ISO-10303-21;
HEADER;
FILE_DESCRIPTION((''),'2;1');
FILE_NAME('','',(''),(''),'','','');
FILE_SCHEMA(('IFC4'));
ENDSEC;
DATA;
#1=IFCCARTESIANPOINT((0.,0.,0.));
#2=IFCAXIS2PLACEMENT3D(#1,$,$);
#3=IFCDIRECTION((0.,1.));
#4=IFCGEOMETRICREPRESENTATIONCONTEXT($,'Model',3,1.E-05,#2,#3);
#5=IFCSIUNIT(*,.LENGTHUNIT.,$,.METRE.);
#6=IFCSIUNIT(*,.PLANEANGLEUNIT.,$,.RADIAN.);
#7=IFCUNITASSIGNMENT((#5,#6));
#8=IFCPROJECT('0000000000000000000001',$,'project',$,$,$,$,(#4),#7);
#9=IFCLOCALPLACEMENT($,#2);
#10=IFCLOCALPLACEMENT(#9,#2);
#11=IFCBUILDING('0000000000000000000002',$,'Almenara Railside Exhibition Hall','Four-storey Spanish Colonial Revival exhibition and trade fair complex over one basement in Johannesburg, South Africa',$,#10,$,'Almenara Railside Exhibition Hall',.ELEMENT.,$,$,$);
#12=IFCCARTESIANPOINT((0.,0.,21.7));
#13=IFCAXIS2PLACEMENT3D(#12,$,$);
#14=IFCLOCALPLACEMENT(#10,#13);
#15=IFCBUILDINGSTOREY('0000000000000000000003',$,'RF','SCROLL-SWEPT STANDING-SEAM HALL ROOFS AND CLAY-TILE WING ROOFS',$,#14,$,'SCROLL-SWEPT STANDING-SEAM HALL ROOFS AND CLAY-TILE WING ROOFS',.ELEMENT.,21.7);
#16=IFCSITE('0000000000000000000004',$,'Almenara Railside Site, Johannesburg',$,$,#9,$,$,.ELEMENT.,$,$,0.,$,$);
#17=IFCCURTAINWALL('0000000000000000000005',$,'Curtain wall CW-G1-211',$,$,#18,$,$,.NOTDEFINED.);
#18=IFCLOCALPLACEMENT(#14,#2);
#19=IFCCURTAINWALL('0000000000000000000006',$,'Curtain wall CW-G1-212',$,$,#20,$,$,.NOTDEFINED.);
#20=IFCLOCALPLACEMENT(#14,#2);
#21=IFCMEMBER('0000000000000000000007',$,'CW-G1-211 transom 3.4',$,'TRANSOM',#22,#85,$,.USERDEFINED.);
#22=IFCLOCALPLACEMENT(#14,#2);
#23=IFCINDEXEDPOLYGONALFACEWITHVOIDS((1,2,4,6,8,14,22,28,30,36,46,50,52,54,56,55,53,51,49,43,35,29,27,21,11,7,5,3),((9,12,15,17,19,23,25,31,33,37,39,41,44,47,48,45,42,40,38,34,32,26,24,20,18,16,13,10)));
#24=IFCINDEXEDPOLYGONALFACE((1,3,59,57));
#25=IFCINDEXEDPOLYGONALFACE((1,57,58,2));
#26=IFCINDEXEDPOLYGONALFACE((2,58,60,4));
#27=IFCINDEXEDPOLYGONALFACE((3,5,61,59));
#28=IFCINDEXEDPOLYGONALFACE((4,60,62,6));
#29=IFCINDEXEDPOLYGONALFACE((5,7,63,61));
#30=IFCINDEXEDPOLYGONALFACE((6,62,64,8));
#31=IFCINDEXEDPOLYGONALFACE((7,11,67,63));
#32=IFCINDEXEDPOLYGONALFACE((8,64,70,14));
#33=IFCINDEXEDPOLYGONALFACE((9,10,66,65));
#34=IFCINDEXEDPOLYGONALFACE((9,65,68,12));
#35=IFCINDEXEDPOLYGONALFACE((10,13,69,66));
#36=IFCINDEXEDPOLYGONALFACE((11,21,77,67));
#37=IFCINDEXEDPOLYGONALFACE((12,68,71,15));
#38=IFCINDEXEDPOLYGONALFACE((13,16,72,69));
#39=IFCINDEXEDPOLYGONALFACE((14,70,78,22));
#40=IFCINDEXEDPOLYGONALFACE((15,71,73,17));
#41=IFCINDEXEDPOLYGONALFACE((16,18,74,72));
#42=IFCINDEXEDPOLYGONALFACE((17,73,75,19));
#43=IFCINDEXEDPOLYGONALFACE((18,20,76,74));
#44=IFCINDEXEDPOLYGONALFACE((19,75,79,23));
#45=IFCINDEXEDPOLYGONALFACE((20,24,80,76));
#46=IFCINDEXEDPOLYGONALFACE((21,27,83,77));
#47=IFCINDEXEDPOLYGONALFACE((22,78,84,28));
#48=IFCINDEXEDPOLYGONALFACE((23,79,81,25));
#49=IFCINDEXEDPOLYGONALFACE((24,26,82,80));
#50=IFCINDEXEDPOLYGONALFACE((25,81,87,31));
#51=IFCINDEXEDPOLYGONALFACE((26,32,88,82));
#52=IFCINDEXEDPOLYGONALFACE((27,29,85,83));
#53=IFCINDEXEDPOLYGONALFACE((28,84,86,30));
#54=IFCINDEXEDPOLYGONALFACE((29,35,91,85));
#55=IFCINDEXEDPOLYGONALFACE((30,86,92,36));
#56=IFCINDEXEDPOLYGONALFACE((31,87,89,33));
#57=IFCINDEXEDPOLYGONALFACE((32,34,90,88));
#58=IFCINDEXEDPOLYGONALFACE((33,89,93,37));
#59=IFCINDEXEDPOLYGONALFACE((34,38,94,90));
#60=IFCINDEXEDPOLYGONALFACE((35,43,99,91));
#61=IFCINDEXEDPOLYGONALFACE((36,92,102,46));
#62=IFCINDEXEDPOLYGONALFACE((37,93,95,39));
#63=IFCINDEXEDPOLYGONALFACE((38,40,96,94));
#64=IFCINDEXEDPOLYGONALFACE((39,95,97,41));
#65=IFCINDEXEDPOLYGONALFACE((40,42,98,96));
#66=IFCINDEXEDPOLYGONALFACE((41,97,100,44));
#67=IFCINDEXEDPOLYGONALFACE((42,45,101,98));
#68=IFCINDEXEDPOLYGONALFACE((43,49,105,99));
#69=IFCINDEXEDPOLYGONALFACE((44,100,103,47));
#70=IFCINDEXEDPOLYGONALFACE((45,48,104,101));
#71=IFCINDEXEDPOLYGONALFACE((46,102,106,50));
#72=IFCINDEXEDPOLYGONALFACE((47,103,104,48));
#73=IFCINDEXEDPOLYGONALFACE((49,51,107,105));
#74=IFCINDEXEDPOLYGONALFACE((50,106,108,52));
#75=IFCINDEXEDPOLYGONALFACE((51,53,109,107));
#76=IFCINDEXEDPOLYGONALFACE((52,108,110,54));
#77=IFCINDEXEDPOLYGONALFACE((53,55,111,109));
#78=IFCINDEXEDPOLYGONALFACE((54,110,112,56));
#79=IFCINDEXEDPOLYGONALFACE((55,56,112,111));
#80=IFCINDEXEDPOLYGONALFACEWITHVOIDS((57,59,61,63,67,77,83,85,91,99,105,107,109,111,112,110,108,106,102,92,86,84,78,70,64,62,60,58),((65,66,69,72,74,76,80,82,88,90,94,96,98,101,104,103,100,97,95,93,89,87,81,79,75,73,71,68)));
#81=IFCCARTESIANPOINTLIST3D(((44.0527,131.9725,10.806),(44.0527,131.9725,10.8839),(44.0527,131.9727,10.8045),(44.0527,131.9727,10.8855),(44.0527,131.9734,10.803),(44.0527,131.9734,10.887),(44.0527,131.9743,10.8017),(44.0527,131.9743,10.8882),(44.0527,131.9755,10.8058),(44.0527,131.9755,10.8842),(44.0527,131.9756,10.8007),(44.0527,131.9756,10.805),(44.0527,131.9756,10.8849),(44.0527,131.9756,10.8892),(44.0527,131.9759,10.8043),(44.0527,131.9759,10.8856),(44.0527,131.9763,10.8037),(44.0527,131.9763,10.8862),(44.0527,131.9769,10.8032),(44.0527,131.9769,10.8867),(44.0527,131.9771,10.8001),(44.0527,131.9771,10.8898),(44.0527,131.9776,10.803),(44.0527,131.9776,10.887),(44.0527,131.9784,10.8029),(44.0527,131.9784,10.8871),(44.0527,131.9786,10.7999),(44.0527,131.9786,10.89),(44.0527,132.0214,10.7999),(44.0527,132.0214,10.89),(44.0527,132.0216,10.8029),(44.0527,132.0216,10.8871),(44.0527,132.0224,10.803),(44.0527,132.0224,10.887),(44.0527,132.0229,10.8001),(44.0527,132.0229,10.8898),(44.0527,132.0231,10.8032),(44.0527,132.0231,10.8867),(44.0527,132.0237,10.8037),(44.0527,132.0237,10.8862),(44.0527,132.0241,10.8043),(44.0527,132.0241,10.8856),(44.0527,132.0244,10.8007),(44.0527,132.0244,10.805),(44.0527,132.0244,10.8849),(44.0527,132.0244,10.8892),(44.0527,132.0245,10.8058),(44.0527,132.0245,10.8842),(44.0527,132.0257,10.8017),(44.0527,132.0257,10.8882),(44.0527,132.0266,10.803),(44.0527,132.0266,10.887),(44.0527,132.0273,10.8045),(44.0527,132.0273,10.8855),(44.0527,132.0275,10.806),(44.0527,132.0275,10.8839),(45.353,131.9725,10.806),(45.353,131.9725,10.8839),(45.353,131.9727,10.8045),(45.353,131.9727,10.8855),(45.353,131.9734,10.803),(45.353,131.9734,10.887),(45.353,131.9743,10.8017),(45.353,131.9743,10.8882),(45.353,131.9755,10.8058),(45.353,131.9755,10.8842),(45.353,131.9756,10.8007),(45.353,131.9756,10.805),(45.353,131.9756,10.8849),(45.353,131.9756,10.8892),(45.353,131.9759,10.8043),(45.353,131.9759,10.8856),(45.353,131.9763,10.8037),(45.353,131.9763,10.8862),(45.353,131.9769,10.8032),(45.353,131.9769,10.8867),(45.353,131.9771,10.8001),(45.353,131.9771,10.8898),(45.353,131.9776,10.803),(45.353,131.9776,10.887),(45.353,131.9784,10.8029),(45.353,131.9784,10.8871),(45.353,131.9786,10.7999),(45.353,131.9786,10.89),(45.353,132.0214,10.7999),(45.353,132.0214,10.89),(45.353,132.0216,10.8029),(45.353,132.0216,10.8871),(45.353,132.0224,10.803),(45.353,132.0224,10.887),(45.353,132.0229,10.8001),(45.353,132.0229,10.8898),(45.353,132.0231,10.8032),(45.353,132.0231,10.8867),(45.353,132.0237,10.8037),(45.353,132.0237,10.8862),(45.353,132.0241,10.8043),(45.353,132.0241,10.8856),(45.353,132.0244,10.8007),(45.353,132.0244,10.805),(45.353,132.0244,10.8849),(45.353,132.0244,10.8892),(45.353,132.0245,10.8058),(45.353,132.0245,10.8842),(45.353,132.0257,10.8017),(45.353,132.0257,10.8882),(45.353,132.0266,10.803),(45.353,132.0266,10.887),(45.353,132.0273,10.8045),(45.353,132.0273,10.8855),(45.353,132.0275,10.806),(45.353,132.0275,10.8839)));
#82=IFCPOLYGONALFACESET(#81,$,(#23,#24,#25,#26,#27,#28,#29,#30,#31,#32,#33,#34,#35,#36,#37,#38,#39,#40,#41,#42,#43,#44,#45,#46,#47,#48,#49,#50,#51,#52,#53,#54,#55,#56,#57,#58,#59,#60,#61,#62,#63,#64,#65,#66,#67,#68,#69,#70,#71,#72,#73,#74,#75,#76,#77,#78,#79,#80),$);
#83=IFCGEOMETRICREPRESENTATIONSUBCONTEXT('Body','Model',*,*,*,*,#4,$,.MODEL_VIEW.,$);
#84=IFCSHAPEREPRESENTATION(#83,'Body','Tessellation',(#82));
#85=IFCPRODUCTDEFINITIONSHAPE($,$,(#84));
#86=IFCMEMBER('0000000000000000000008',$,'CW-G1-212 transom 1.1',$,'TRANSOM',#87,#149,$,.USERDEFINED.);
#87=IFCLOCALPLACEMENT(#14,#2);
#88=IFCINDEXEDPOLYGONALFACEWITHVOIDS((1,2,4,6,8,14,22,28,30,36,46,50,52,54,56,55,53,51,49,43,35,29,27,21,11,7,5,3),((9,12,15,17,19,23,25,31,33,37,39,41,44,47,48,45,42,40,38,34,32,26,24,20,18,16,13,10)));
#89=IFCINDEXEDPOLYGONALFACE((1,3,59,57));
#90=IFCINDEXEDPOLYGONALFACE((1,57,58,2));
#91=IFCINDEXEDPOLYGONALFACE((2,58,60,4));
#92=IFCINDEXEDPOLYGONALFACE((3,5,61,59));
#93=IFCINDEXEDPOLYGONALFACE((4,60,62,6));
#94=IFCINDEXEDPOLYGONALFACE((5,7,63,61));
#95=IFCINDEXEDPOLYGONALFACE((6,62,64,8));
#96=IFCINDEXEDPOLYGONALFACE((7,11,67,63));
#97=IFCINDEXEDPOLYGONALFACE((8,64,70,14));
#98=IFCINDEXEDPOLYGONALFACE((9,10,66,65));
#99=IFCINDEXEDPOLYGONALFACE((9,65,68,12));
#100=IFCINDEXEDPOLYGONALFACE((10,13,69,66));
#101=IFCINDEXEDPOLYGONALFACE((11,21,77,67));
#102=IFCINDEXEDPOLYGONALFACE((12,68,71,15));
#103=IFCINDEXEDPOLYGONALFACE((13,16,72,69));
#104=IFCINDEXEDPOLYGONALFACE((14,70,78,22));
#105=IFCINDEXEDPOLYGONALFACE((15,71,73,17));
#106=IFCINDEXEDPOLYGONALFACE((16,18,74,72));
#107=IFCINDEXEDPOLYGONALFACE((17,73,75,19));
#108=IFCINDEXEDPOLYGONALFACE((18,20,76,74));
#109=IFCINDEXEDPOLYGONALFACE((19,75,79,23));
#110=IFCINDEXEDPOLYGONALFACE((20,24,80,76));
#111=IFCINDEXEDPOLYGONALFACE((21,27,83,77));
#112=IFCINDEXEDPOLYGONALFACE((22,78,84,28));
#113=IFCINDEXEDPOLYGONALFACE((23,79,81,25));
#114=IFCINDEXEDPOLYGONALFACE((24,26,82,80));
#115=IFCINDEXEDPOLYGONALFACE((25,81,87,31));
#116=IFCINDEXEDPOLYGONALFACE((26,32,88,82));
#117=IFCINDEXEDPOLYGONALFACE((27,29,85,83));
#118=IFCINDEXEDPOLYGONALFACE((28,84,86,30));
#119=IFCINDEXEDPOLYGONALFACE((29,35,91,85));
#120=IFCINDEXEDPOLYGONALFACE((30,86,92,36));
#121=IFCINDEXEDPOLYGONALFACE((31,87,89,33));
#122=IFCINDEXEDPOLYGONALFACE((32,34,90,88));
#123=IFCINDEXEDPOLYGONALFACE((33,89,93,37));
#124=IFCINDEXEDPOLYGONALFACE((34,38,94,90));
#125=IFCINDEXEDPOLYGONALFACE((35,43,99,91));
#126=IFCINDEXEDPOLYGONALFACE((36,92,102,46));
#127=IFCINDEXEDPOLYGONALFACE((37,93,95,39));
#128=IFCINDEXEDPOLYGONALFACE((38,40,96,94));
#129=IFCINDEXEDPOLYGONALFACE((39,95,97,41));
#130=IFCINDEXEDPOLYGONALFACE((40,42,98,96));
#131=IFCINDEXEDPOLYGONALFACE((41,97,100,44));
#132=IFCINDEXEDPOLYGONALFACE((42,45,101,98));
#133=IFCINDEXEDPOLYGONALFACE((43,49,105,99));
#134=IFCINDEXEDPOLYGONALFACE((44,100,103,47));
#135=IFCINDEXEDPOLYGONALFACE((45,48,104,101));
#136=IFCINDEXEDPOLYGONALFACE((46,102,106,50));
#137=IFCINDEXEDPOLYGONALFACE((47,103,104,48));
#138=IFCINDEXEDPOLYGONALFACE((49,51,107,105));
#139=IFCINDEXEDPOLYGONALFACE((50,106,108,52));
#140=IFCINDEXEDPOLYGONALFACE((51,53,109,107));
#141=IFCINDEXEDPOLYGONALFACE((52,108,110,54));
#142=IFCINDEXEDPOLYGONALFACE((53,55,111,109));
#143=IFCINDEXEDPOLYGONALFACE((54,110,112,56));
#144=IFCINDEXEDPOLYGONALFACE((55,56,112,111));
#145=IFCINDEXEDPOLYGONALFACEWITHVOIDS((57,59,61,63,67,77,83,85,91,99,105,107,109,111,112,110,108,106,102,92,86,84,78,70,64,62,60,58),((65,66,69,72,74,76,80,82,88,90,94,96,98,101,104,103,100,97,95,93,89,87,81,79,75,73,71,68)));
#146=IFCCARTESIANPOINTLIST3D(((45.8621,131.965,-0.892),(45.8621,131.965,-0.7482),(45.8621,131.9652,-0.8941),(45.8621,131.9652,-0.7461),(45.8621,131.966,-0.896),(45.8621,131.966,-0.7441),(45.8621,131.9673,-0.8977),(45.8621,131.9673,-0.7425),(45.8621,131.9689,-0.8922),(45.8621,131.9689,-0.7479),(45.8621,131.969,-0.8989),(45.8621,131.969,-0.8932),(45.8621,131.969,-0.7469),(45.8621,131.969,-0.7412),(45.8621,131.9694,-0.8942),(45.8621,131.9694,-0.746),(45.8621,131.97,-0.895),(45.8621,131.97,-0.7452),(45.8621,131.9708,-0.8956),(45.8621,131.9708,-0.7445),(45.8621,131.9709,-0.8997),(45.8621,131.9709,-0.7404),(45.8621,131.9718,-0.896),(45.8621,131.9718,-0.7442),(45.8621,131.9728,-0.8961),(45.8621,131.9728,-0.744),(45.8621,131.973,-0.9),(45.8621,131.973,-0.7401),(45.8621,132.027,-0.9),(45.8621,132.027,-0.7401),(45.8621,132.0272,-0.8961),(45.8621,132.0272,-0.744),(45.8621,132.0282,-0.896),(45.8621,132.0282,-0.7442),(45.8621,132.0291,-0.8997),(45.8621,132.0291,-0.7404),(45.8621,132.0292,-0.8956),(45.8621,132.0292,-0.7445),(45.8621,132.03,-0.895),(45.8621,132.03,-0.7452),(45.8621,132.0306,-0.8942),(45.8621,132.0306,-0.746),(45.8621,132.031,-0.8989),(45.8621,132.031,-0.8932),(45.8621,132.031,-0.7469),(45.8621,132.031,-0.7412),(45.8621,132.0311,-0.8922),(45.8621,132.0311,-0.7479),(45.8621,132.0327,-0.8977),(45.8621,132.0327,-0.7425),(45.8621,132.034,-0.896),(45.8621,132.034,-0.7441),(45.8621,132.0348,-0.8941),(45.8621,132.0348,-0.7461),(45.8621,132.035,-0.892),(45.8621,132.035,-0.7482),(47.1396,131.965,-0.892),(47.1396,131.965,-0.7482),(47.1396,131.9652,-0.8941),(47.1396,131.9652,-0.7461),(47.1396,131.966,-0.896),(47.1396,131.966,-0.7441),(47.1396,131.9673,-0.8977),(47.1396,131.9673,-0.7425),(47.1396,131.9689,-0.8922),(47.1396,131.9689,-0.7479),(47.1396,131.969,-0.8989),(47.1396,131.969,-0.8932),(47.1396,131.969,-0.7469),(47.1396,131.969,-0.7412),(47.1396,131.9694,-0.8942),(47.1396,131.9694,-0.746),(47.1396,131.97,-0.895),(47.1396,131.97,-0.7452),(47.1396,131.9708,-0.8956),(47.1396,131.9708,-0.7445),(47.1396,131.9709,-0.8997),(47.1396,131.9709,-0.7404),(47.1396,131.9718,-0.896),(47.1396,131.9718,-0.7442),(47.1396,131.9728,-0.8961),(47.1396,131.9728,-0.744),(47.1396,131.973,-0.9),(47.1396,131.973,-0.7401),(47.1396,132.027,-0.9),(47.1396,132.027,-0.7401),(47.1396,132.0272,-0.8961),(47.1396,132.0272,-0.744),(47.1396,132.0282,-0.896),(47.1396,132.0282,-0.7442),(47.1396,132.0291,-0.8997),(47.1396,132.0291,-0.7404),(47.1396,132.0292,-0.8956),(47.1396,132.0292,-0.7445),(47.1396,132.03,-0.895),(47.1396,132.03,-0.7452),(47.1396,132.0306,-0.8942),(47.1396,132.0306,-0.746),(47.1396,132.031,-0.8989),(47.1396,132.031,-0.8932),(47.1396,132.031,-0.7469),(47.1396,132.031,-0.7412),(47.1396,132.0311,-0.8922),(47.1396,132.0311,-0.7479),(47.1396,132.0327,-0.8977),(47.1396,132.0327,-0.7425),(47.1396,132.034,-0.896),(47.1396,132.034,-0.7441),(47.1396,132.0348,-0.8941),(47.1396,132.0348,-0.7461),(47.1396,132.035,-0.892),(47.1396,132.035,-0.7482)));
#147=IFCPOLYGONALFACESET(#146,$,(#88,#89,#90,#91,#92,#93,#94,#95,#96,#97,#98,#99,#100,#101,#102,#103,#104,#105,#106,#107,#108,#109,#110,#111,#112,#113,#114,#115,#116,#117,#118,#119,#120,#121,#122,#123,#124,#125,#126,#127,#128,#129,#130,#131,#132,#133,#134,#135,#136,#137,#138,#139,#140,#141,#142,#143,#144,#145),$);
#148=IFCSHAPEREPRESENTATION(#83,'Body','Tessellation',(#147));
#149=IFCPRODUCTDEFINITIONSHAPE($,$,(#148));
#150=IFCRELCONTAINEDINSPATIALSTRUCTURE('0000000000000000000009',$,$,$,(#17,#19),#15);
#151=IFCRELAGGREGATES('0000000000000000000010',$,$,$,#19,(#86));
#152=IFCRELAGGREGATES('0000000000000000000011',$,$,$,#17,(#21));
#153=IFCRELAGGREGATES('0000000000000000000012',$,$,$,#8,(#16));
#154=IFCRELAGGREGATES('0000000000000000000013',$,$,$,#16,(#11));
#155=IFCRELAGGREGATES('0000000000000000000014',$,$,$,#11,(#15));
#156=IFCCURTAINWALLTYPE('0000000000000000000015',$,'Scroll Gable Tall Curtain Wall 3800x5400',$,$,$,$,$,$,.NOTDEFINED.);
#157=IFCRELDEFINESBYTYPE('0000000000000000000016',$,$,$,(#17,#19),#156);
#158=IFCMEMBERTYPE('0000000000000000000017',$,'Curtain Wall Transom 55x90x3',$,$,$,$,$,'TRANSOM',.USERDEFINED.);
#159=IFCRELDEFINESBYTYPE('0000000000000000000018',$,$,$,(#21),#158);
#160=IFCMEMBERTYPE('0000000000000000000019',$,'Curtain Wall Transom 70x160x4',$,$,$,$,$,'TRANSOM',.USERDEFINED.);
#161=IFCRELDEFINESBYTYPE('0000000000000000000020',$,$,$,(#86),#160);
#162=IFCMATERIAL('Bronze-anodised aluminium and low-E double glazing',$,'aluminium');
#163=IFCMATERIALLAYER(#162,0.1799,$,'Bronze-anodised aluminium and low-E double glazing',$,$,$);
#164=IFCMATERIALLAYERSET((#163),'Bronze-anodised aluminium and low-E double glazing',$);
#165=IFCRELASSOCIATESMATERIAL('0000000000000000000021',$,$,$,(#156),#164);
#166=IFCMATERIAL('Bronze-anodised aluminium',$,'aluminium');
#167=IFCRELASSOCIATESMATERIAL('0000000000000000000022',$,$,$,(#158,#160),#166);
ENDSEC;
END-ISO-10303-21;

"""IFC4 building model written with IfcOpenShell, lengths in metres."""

from ifc_helpers import new_model, si_unit, direction, frame, origin, origin_2d, place, context, subcontext, project, spatial, hollow_rectangle, extrude, material, layer, layer_set, material_profile, profile_set, type_object, element, aggregate, save


model = new_model("IFC4")

# Units and contexts
model_context = context("Model", 3, precision=1e-05, world=origin(), true_north=direction((0.0, 1.0)))
body_context = subcontext(model_context, "Body", "Model", "MODEL_VIEW")
ifc_project = project(units=[si_unit("LENGTHUNIT", "METRE"), si_unit("PLANEANGLEUNIT", "RADIAN")], contexts=[model_context])

# Site, building, storey
site_placement = place(None, origin())
site = spatial("IfcSite", under=ifc_project, at=site_placement, Name="Almenara Railside Site, Johannesburg", CompositionType="ELEMENT", RefElevation=0.0)
building_placement = place(site_placement, origin())
building = spatial("IfcBuilding", under=site, at=building_placement, Name="Almenara Railside Exhibition Hall", Description="Four-storey Spanish Colonial Revival exhibition and trade fair complex over one basement in Johannesburg, South Africa", LongName="Almenara Railside Exhibition Hall", CompositionType="ELEMENT")
storey_placement = place(building_placement, frame((0.0, 0.0, 21.7)))
storey = spatial("IfcBuildingStorey", under=building, at=storey_placement, Name="RF", Description="SCROLL-SWEPT STANDING-SEAM HALL ROOFS AND CLAY-TILE WING ROOFS", LongName="SCROLL-SWEPT STANDING-SEAM HALL ROOFS AND CLAY-TILE WING ROOFS", CompositionType="ELEMENT", Elevation=21.7)

# Curtain wall
ifc_material_1 = material(Name="Bronze-anodised aluminium and low-E double glazing", Category="aluminium")
ifc_layer_1 = layer(ifc_material_1, 0.1799, Name="Bronze-anodised aluminium and low-E double glazing")
ifc_layer_set_1 = layer_set([ifc_layer_1], Name="Bronze-anodised aluminium and low-E double glazing")
curtain_wall_type = type_object("IfcCurtainWallType", Name="Scroll Gable Tall Curtain Wall 3800x5400", PredefinedType="NOTDEFINED", material=ifc_layer_set_1)
curtain_wall_1_placement = place(storey_placement, origin())
curtain_wall_1 = element("IfcCurtainWall", 1, at=curtain_wall_1_placement, inside=storey, type_object=curtain_wall_type, Name="Curtain wall CW-G1-211", PredefinedType="NOTDEFINED")
ifc_material_2 = material(Name="Bronze-anodised aluminium", Category="aluminium")

# Curtain wall
curtain_wall_2_placement = place(storey_placement, origin())
curtain_wall_2 = element("IfcCurtainWall", 2, at=curtain_wall_2_placement, inside=storey, type_object=curtain_wall_type, Name="Curtain wall CW-G1-212", PredefinedType="NOTDEFINED")

# Members
ifc_material_profile_1 = material_profile(ifc_material_2, hollow_rectangle(XDim=0.0549, YDim=0.0901, WallThickness=0.0029, InnerFilletRadius=0.0029, OuterFilletRadius=0.0061, at=origin_2d()), Name="ALU-TRN 55x90x3")
ifc_profile_set_1 = profile_set([ifc_material_profile_1], Name="Bronze-anodised aluminium")
member_type_1 = type_object("IfcMemberType", Name="Curtain Wall Transom 55x90x3", ElementType="TRANSOM", PredefinedType="USERDEFINED", material=ifc_profile_set_1)
member_1_placement = place(storey_placement, frame((44.0527, 132.0, 10.845), z_axis=(1.0, 0.0, 0.0), x_axis=(0.0, 1.0, 0.0)))
member_1 = element("IfcMember", 3, at=member_1_placement, type_object=member_type_1, Name="CW-G1-211 transom 3.4", ObjectType="TRANSOM", PredefinedType="USERDEFINED", context=body_context, shape_type="SweptSolid", body=[
    extrude(hollow_rectangle(XDim=0.0549, YDim=0.0901, WallThickness=0.0029, InnerFilletRadius=0.0029, OuterFilletRadius=0.0061, at=origin_2d()), origin(), (0.0, 0.0, 1.0), 1.3003),
])
ifc_material_profile_2 = material_profile(ifc_material_2, hollow_rectangle(XDim=0.0701, YDim=0.1599, WallThickness=0.0039, InnerFilletRadius=0.0039, OuterFilletRadius=0.0081, at=origin_2d()), Name="ALU-TRN 70x160x4")
ifc_profile_set_2 = profile_set([ifc_material_profile_2], Name="Bronze-anodised aluminium")
member_type_2 = type_object("IfcMemberType", Name="Curtain Wall Transom 70x160x4", ElementType="TRANSOM", PredefinedType="USERDEFINED", material=ifc_profile_set_2)
member_2_placement = place(storey_placement, frame((45.8621, 132.0, -0.8201), z_axis=(1.0, 0.0, 0.0), x_axis=(0.0, 1.0, 0.0)))
member_2 = element("IfcMember", 4, at=member_2_placement, type_object=member_type_2, Name="CW-G1-212 transom 1.1", ObjectType="TRANSOM", PredefinedType="USERDEFINED", context=body_context, shape_type="SweptSolid", body=[
    extrude(hollow_rectangle(XDim=0.0701, YDim=0.1599, WallThickness=0.0039, InnerFilletRadius=0.0039, OuterFilletRadius=0.0081, at=origin_2d()), origin(), (0.0, 0.0, 1.0), 1.2776),
])

aggregate(curtain_wall_2, [member_2])
aggregate(curtain_wall_1, [member_1])

save(model, "model.ifc")
